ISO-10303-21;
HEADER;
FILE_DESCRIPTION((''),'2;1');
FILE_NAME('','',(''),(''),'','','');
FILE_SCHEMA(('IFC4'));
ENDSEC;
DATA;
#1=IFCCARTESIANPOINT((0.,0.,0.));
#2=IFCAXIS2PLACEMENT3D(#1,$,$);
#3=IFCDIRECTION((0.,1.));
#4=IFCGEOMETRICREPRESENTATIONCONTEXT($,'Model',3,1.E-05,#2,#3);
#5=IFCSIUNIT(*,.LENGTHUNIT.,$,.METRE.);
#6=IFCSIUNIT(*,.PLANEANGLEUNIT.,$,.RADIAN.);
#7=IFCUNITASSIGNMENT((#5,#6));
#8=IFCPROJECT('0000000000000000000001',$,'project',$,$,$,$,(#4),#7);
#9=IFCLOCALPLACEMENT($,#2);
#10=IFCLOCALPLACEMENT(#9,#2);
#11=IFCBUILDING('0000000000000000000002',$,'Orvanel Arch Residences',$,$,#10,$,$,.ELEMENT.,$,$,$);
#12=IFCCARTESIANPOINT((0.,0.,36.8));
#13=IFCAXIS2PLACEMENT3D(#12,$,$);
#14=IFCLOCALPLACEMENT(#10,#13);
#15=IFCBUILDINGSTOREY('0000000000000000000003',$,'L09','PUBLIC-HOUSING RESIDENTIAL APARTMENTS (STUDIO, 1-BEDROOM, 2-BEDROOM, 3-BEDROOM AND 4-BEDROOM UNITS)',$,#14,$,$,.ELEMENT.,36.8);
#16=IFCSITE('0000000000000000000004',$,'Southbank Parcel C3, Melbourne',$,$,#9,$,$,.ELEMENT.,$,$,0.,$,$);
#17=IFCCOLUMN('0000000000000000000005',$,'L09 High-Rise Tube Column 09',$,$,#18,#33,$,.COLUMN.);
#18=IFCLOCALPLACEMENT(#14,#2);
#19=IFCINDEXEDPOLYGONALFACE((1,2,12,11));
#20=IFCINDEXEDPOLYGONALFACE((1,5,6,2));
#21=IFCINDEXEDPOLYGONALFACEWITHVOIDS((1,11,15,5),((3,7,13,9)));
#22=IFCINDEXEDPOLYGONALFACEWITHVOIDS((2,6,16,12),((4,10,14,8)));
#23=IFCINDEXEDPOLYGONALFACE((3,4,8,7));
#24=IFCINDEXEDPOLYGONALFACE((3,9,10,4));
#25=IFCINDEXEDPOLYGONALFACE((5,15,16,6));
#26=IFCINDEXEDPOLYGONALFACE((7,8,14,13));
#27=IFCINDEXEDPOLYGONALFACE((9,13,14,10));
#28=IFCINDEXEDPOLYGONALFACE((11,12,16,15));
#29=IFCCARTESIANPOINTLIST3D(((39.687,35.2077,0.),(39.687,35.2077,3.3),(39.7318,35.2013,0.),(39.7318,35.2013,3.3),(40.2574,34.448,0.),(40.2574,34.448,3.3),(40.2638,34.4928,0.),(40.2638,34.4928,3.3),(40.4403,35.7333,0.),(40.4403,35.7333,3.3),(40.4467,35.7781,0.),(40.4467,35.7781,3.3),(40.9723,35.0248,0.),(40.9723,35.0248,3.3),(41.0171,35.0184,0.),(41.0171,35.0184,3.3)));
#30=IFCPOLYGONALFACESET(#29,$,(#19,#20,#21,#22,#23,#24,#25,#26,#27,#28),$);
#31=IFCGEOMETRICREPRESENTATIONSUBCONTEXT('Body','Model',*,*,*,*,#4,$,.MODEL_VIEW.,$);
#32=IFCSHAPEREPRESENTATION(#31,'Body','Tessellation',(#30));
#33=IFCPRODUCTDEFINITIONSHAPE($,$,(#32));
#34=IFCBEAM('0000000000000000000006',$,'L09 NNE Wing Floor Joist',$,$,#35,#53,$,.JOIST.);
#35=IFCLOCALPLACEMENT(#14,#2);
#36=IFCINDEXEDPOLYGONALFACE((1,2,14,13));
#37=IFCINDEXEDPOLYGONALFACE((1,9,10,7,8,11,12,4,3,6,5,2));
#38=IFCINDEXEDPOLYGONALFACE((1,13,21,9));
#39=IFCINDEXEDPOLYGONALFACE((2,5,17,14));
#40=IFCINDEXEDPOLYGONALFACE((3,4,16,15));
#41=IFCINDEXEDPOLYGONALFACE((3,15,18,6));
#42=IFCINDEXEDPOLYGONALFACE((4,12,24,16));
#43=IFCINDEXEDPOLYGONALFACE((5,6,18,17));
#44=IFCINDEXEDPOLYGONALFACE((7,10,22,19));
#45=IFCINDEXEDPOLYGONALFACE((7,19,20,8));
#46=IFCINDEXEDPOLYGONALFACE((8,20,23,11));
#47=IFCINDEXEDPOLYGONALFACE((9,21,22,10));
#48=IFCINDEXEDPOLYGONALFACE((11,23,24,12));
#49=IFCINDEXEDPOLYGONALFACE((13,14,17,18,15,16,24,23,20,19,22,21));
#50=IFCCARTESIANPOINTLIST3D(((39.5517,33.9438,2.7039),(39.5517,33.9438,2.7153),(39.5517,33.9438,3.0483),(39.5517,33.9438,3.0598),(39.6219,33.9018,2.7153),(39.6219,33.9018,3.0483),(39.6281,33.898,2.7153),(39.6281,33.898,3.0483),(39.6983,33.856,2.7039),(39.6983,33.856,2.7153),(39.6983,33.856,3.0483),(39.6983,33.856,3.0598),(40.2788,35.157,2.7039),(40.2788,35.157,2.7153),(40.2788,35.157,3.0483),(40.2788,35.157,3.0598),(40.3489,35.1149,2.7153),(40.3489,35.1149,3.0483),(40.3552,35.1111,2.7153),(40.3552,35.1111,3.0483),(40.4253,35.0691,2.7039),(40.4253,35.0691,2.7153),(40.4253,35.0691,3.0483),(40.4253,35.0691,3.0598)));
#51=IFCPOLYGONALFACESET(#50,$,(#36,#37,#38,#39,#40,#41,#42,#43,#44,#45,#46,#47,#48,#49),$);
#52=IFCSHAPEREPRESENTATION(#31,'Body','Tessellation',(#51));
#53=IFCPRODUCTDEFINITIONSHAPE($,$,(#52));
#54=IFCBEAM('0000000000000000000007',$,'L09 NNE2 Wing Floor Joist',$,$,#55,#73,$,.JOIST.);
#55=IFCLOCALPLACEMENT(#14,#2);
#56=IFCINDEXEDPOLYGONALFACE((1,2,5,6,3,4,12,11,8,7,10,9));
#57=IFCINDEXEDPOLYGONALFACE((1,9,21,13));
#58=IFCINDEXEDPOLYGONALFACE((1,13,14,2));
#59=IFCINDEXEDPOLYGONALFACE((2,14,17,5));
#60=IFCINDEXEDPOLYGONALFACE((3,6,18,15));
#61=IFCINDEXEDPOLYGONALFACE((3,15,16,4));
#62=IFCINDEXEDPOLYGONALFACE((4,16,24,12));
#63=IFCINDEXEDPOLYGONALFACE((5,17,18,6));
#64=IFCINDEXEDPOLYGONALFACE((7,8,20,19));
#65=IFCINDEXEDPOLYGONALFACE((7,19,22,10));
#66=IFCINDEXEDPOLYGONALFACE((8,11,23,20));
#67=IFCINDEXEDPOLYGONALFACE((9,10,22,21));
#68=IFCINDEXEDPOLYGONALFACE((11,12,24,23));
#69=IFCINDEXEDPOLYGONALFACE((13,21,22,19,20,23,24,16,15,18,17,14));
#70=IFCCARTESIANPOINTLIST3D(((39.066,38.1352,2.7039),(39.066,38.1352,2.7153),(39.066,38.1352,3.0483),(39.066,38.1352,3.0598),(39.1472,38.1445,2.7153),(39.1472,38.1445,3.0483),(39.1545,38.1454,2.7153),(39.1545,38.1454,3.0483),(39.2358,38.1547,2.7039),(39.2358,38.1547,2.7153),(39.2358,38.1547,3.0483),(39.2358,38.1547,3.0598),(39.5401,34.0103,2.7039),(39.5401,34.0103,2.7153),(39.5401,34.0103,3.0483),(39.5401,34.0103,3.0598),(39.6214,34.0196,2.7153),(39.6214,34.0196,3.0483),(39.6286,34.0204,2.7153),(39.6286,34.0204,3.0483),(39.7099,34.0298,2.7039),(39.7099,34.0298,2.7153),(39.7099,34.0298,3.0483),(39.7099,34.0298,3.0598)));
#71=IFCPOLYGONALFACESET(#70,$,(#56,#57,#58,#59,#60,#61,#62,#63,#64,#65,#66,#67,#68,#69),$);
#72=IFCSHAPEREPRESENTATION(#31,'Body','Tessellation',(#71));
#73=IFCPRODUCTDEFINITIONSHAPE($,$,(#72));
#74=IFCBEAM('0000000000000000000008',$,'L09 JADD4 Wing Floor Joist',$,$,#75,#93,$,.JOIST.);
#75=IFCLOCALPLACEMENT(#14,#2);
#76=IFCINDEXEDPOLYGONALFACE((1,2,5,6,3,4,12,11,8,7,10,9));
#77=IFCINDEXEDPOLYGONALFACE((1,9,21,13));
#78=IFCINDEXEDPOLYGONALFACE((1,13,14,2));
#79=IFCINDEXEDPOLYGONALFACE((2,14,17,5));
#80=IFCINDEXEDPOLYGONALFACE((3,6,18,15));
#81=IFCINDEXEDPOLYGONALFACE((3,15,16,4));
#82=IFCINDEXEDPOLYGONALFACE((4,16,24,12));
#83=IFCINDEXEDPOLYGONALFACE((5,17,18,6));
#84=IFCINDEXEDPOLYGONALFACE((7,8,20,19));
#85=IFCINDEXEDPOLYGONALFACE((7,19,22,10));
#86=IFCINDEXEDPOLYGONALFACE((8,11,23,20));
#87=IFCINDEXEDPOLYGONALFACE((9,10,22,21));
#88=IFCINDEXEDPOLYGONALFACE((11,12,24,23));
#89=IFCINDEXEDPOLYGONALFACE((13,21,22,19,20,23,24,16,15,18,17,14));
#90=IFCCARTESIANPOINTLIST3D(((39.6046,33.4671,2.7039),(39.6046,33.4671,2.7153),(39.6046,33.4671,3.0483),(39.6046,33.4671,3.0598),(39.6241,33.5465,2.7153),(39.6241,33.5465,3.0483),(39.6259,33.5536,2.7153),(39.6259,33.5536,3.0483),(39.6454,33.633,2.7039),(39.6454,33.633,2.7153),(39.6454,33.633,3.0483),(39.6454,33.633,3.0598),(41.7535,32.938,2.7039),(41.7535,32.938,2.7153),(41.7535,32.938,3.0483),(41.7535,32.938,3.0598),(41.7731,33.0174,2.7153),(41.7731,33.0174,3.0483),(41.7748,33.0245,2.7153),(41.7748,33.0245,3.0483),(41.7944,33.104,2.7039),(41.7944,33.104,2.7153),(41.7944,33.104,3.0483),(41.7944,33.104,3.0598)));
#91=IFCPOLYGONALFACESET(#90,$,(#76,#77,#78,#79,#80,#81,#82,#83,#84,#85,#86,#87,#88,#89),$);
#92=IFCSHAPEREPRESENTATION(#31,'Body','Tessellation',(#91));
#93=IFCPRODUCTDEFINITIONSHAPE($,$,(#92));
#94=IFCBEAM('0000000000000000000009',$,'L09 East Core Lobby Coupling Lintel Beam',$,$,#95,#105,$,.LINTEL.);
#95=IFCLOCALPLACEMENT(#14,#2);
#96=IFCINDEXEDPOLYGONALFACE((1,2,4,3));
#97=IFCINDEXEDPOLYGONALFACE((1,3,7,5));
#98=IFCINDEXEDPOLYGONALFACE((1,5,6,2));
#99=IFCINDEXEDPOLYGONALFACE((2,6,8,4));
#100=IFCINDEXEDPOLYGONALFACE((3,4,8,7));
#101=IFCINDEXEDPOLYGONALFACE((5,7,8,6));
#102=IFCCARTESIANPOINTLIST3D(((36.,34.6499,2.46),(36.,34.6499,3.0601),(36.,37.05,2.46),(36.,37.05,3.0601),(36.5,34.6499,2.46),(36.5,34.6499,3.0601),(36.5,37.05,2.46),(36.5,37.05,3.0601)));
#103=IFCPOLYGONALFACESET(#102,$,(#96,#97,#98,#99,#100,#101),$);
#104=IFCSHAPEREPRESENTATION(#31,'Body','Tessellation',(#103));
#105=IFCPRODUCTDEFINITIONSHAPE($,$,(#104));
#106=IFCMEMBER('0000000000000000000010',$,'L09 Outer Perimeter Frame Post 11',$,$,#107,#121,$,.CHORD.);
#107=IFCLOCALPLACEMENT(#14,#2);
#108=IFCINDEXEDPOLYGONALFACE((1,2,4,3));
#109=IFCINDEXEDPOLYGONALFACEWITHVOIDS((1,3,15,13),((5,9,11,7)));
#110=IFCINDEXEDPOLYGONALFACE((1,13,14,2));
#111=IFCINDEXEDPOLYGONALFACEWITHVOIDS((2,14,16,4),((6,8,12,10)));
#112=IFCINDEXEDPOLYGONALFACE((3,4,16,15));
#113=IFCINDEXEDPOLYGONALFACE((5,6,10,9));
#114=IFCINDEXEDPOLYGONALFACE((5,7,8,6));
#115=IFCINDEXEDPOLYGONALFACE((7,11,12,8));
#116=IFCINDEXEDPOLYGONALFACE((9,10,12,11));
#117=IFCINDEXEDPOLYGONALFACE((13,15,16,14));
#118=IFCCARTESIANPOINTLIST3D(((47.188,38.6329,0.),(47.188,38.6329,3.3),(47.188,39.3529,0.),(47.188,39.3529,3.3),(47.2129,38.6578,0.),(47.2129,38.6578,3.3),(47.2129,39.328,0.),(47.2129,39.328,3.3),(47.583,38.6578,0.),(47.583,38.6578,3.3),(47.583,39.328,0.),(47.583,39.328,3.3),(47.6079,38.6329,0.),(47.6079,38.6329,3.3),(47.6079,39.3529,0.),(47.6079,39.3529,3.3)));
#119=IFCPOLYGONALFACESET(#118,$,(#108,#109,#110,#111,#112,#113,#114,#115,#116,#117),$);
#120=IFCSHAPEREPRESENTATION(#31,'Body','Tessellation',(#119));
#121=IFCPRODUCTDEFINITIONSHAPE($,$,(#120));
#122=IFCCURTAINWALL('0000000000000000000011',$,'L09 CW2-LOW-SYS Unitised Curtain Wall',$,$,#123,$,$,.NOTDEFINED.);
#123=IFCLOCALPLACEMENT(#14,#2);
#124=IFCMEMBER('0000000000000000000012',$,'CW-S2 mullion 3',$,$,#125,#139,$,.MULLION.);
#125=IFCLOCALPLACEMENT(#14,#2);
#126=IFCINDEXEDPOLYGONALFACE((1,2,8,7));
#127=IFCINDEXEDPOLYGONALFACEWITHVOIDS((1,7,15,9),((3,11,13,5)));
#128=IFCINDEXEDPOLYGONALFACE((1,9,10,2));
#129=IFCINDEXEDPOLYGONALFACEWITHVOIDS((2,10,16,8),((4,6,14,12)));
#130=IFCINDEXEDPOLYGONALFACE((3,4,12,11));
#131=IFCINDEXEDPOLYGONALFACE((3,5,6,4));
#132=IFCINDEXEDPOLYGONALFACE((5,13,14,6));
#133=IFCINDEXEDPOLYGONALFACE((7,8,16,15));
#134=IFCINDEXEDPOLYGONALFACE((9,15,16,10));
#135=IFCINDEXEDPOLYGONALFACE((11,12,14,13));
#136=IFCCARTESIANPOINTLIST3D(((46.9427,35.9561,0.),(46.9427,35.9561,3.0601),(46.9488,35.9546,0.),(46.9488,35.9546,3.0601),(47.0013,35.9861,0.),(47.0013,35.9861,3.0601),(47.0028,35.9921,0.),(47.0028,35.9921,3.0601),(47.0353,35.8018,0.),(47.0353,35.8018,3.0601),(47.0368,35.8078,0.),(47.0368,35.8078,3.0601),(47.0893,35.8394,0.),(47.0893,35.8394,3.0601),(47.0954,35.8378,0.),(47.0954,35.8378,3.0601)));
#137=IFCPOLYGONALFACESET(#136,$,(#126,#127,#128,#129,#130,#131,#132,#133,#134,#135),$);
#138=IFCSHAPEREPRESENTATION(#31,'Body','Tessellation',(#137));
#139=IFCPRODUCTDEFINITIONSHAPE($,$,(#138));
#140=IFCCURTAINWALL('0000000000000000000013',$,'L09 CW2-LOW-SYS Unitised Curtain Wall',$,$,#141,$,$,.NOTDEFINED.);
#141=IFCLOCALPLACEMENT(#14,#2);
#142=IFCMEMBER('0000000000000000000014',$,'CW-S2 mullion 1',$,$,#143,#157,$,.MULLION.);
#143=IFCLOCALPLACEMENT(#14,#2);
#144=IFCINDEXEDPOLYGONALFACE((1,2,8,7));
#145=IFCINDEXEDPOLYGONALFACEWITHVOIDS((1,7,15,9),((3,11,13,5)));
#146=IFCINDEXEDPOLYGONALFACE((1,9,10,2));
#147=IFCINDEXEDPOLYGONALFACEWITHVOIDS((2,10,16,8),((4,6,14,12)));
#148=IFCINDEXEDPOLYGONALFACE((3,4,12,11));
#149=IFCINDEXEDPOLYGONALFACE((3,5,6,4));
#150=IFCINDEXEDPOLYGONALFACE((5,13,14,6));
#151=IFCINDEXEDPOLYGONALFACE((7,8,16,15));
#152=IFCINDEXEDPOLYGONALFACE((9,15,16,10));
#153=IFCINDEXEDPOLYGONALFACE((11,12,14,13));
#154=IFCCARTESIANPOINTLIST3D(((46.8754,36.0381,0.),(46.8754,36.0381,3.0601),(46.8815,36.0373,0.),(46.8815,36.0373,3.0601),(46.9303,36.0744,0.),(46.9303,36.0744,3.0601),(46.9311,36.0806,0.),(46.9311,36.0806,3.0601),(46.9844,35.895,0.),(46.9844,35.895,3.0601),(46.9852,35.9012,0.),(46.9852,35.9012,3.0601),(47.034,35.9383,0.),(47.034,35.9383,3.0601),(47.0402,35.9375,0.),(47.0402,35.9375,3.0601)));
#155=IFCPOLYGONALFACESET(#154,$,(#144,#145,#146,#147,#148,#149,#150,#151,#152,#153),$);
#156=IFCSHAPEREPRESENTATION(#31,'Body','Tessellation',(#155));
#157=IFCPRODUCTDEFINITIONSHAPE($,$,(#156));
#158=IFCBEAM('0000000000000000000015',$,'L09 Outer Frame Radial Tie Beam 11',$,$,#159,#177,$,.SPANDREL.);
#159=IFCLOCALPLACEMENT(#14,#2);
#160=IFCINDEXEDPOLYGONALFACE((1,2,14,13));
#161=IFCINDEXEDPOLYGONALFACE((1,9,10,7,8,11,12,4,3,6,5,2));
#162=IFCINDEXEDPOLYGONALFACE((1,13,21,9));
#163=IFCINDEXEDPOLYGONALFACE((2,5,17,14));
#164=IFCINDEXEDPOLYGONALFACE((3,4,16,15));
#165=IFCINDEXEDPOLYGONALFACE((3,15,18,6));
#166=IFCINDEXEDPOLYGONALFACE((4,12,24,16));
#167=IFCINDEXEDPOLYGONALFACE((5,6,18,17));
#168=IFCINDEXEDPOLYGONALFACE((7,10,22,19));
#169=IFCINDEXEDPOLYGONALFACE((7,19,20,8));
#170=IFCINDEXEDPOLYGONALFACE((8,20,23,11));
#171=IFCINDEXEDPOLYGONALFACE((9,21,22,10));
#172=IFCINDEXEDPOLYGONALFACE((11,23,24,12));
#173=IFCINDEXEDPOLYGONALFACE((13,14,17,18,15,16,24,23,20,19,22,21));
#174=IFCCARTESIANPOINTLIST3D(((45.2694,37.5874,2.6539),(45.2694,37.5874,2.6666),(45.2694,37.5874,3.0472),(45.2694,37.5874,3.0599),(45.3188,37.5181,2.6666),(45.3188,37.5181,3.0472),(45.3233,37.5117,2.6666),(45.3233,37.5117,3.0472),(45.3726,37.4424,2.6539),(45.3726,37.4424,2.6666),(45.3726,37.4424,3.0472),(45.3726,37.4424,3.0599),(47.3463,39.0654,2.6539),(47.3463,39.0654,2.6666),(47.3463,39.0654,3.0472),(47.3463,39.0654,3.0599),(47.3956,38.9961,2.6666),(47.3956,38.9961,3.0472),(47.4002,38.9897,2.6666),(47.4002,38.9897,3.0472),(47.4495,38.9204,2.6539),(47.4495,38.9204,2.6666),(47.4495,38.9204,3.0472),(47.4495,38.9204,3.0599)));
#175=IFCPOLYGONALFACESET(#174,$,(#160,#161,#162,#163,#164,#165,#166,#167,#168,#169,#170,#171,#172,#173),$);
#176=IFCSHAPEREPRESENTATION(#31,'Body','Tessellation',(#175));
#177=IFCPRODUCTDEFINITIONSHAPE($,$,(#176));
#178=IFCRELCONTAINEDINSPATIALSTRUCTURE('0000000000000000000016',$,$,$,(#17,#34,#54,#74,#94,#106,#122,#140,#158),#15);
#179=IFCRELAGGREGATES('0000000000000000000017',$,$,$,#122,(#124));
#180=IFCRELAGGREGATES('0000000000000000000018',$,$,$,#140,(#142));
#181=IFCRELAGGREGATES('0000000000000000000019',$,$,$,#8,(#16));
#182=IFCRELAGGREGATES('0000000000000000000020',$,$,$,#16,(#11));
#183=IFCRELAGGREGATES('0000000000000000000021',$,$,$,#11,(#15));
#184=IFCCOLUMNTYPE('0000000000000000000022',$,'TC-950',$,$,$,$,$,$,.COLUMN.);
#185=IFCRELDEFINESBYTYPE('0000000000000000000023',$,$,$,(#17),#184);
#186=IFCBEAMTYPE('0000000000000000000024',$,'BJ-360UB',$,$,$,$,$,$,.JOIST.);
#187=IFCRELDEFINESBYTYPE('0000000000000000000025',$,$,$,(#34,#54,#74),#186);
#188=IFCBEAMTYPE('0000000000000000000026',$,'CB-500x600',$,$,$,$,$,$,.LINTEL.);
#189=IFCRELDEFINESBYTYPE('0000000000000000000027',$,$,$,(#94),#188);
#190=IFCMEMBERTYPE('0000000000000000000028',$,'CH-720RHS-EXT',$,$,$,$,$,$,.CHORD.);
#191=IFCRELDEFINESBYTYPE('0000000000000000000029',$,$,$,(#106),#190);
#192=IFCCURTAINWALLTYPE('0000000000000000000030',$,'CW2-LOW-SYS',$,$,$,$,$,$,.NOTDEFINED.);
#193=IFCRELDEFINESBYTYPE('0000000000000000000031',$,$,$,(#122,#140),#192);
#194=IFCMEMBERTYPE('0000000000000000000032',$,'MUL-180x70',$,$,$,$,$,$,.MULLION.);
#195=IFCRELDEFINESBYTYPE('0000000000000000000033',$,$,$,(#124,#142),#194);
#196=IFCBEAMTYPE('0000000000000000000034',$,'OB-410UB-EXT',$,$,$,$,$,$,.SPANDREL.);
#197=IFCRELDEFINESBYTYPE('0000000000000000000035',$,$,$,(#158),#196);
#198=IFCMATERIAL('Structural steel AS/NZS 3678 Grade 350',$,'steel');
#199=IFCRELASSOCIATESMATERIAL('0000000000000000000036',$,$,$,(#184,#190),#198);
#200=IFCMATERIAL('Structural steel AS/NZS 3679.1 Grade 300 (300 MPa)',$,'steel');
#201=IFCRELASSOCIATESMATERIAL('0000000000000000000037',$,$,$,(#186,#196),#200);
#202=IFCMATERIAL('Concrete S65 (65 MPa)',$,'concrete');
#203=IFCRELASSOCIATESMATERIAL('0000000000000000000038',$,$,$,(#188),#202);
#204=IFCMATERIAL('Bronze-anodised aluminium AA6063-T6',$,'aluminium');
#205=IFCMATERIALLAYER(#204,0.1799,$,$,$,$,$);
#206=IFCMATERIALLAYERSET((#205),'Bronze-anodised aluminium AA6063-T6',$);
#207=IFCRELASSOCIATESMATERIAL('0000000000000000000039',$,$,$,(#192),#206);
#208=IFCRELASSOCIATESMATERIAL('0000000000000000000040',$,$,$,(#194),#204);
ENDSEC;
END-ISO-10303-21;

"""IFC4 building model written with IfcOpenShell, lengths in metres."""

from ifc_helpers import new_model, si_unit, direction, frame, origin, origin_2d, place, context, subcontext, project, spatial, rectangle, hollow_rectangle, i_section, extrude, material, layer, layer_set, material_profile, profile_set, type_object, element, aggregate, save


model = new_model("IFC4")

# Units and contexts
model_context = context("Model", 3, precision=1e-05, world=origin(), true_north=direction((0.0, 1.0)))
body_context = subcontext(model_context, "Body", "Model", "MODEL_VIEW")
ifc_project = project(units=[si_unit("LENGTHUNIT", "METRE"), si_unit("PLANEANGLEUNIT", "RADIAN")], contexts=[model_context])

# Site, building, storey
site_placement = place(None, origin())
site = spatial("IfcSite", under=ifc_project, at=site_placement, Name="Southbank Parcel C3, Melbourne", CompositionType="ELEMENT", RefElevation=0.0)
building_placement = place(site_placement, origin())
building = spatial("IfcBuilding", under=site, at=building_placement, Name="Orvanel Arch Residences", CompositionType="ELEMENT")
storey_placement = place(building_placement, frame((0.0, 0.0, 36.8)))
storey = spatial("IfcBuildingStorey", under=building, at=storey_placement, Name="L09", Description="PUBLIC-HOUSING RESIDENTIAL APARTMENTS (STUDIO, 1-BEDROOM, 2-BEDROOM, 3-BEDROOM AND 4-BEDROOM UNITS)", CompositionType="ELEMENT", Elevation=36.8)

# Column
ifc_material_1 = material(Name="Structural steel AS/NZS 3678 Grade 350", Category="steel")
ifc_material_profile_1 = material_profile(ifc_material_1, hollow_rectangle(XDim=0.95, YDim=0.95, WallThickness=0.032, at=origin_2d()), Name="BOX950x950x32")
ifc_profile_set_1 = profile_set([ifc_material_profile_1], Name="Structural steel AS/NZS 3678 Grade 350")
column_type = type_object("IfcColumnType", Name="TC-950", PredefinedType="COLUMN", material=ifc_profile_set_1)
column_placement = place(storey_placement, frame((40.3521, 35.113, 0.0), z_axis=(0.0, 0.0, 1.0), x_axis=(-0.60042, 0.799685, 0.0)))
element("IfcColumn", 1, at=column_placement, inside=storey, type_object=column_type, Name="L09 High-Rise Tube Column 09", PredefinedType="COLUMN", context=body_context, shape_type="SweptSolid", body=[
    extrude(hollow_rectangle(XDim=0.95, YDim=0.95, WallThickness=0.032, at=origin_2d()), origin(), (0.0, 0.0, 1.0), 3.3),
])

# Beams
ifc_material_2 = material(Name="Structural steel AS/NZS 3679.1 Grade 300 (300 MPa)", Category="steel")
ifc_material_profile_2 = material_profile(ifc_material_2, i_section(OverallWidth=0.1709, OverallDepth=0.356, WebThickness=0.0073, FlangeThickness=0.0115, at=origin_2d()), Name="360UB50.7")
ifc_profile_set_2 = profile_set([ifc_material_profile_2], Name="Structural steel AS/NZS 3679.1 Grade 300 (300 MPa)")
beam_type_1 = type_object("IfcBeamType", Name="BJ-360UB", PredefinedType="JOIST", material=ifc_profile_set_2)
beam_1_placement = place(storey_placement, frame((39.625, 33.8999, 2.8818), z_axis=(0.514064, 0.857752, 0.0), x_axis=(-0.857752, 0.514064, 0.0)))
element("IfcBeam", 2, at=beam_1_placement, inside=storey, type_object=beam_type_1, Name="L09 NNE Wing Floor Joist", PredefinedType="JOIST", context=body_context, shape_type="SweptSolid", body=[
    extrude(i_section(OverallWidth=0.1709, OverallDepth=0.356, WebThickness=0.0073, FlangeThickness=0.0115, at=origin_2d()), origin(), (0.0, 0.0, 1.0), 1.4143),
])
beam_2_placement = place(storey_placement, frame((39.625, 34.02, 2.8818), z_axis=(-0.114187, 0.993459, 0.0), x_axis=(-0.993459, -0.114187, 0.0)))
element("IfcBeam", 3, at=beam_2_placement, inside=storey, type_object=beam_type_1, Name="L09 NNE2 Wing Floor Joist", PredefinedType="JOIST", context=body_context, shape_type="SweptSolid", body=[
    extrude(i_section(OverallWidth=0.1709, OverallDepth=0.356, WebThickness=0.0073, FlangeThickness=0.0115, at=origin_2d()), origin(), (0.0, 0.0, 1.0), 4.1521),
])
beam_3_placement = place(storey_placement, frame((39.625, 33.55, 2.8818), z_axis=(0.971006, -0.239056, 0.0), x_axis=(0.239056, 0.971006, 0.0)))
element("IfcBeam", 4, at=beam_3_placement, inside=storey, type_object=beam_type_1, Name="L09 JADD4 Wing Floor Joist", PredefinedType="JOIST", context=body_context, shape_type="SweptSolid", body=[
    extrude(i_section(OverallWidth=0.1709, OverallDepth=0.356, WebThickness=0.0073, FlangeThickness=0.0115, at=origin_2d()), origin(), (0.0, 0.0, 1.0), 2.2131),
])
ifc_material_3 = material(Name="Concrete S65 (65 MPa)", Category="concrete")
ifc_material_profile_3 = material_profile(ifc_material_3, rectangle(XDim=0.5, YDim=0.6001, at=origin_2d()), Name="RC500x600")
ifc_profile_set_3 = profile_set([ifc_material_profile_3], Name="Concrete S65 (65 MPa)")
beam_type_2 = type_object("IfcBeamType", Name="CB-500x600", PredefinedType="LINTEL", material=ifc_profile_set_3)
beam_4_placement = place(storey_placement, frame((36.25, 34.6499, 2.76), z_axis=(0.0, 1.0, 0.0), x_axis=(-1.0, 0.0, 0.0)))
element("IfcBeam", 5, at=beam_4_placement, inside=storey, type_object=beam_type_2, Name="L09 East Core Lobby Coupling Lintel Beam", PredefinedType="LINTEL", context=body_context, shape_type="SweptSolid", body=[
    extrude(rectangle(XDim=0.5, YDim=0.6001, at=origin_2d()), origin(), (0.0, 0.0, 1.0), 2.4001),
])

# Member
ifc_material_profile_4 = material_profile(ifc_material_1, hollow_rectangle(XDim=0.4199, YDim=0.72, WallThickness=0.0249, at=origin_2d()), Name="RHS720x420x25")
ifc_profile_set_4 = profile_set([ifc_material_profile_4], Name="Structural steel AS/NZS 3678 Grade 350")
member_type_1 = type_object("IfcMemberType", Name="CH-720RHS-EXT", PredefinedType="CHORD", material=ifc_profile_set_4)
member_1_placement = place(storey_placement, frame((47.3979, 38.9929, 0.0), z_axis=(0.0, 0.0, 1.0), x_axis=(1.0, 0.0, 0.0)))
element("IfcMember", 6, at=member_1_placement, inside=storey, type_object=member_type_1, Name="L09 Outer Perimeter Frame Post 11", PredefinedType="CHORD", context=body_context, shape_type="SweptSolid", body=[
    extrude(hollow_rectangle(XDim=0.4199, YDim=0.72, WallThickness=0.0249, at=origin_2d()), origin(), (0.0, 0.0, 1.0), 3.3),
])

# Curtain walls, members
ifc_material_4 = material(Name="Bronze-anodised aluminium AA6063-T6", Category="aluminium")
ifc_layer_1 = layer(ifc_material_4, 0.1799)
ifc_layer_set_1 = layer_set([ifc_layer_1], Name="Bronze-anodised aluminium AA6063-T6")
curtain_wall_type = type_object("IfcCurtainWallType", Name="CW2-LOW-SYS", PredefinedType="NOTDEFINED", material=ifc_layer_set_1)
curtain_wall_1_placement = place(storey_placement, origin())
curtain_wall_1 = element("IfcCurtainWall", 7, at=curtain_wall_1_placement, inside=storey, type_object=curtain_wall_type, Name="L09 CW2-LOW-SYS Unitised Curtain Wall", PredefinedType="NOTDEFINED")
ifc_material_profile_5 = material_profile(ifc_material_4, hollow_rectangle(XDim=0.0701, YDim=0.1799, WallThickness=0.0044, at=origin_2d()), Name="ALU180x70x4.5")
ifc_profile_set_5 = profile_set([ifc_material_profile_5], Name="Bronze-anodised aluminium AA6063-T6")
member_type_2 = type_object("IfcMemberType", Name="MUL-180x70", PredefinedType="MULLION", material=ifc_profile_set_5)
member_2_placement = place(storey_placement, frame((47.019, 35.897, 0.0), z_axis=(0.0, 0.0, 1.0), x_axis=(-0.857555, -0.514393, 0.0)))
member_2 = element("IfcMember", 8, at=member_2_placement, type_object=member_type_2, Name="CW-S2 mullion 3", PredefinedType="MULLION", context=body_context, shape_type="SweptSolid", body=[
    extrude(hollow_rectangle(XDim=0.0701, YDim=0.1799, WallThickness=0.0044, at=origin_2d()), origin(), (0.0, 0.0, 1.0), 3.0601),
])
aggregate(curtain_wall_1, [member_2])
curtain_wall_2_placement = place(storey_placement, origin())
curtain_wall_2 = element("IfcCurtainWall", 9, at=curtain_wall_2_placement, inside=storey, type_object=curtain_wall_type, Name="L09 CW2-LOW-SYS Unitised Curtain Wall", PredefinedType="NOTDEFINED")
member_3_placement = place(storey_placement, frame((46.9578, 35.9878, 0.0), z_axis=(0.0, 0.0, 1.0), x_axis=(-0.795452, -0.606017, 0.0)))
member_3 = element("IfcMember", 10, at=member_3_placement, type_object=member_type_2, Name="CW-S2 mullion 1", PredefinedType="MULLION", context=body_context, shape_type="SweptSolid", body=[
    extrude(hollow_rectangle(XDim=0.0701, YDim=0.1799, WallThickness=0.0044, at=origin_2d()), origin(), (0.0, 0.0, 1.0), 3.0601),
])

# Beam
ifc_material_profile_6 = material_profile(ifc_material_2, i_section(OverallWidth=0.178, OverallDepth=0.406, WebThickness=0.0078, FlangeThickness=0.0127, at=origin_2d()), Name="410UB59.7")
ifc_profile_set_6 = profile_set([ifc_material_profile_6], Name="Structural steel AS/NZS 3679.1 Grade 300 (300 MPa)")
beam_type_3 = type_object("IfcBeamType", Name="OB-410UB-EXT", PredefinedType="SPANDREL", material=ifc_profile_set_6)
beam_5_placement = place(storey_placement, frame((45.321, 37.5149, 2.8569), z_axis=(0.814748, 0.579815, 0.0), x_axis=(-0.579815, 0.814748, 0.0)))
element("IfcBeam", 11, at=beam_5_placement, inside=storey, type_object=beam_type_3, Name="L09 Outer Frame Radial Tie Beam 11", PredefinedType="SPANDREL", context=body_context, shape_type="SweptSolid", body=[
    extrude(i_section(OverallWidth=0.178, OverallDepth=0.406, WebThickness=0.0078, FlangeThickness=0.0127, at=origin_2d()), origin(), (0.0, 0.0, 1.0), 2.5491),
])

aggregate(curtain_wall_2, [member_3])

save(model, "model.ifc")
